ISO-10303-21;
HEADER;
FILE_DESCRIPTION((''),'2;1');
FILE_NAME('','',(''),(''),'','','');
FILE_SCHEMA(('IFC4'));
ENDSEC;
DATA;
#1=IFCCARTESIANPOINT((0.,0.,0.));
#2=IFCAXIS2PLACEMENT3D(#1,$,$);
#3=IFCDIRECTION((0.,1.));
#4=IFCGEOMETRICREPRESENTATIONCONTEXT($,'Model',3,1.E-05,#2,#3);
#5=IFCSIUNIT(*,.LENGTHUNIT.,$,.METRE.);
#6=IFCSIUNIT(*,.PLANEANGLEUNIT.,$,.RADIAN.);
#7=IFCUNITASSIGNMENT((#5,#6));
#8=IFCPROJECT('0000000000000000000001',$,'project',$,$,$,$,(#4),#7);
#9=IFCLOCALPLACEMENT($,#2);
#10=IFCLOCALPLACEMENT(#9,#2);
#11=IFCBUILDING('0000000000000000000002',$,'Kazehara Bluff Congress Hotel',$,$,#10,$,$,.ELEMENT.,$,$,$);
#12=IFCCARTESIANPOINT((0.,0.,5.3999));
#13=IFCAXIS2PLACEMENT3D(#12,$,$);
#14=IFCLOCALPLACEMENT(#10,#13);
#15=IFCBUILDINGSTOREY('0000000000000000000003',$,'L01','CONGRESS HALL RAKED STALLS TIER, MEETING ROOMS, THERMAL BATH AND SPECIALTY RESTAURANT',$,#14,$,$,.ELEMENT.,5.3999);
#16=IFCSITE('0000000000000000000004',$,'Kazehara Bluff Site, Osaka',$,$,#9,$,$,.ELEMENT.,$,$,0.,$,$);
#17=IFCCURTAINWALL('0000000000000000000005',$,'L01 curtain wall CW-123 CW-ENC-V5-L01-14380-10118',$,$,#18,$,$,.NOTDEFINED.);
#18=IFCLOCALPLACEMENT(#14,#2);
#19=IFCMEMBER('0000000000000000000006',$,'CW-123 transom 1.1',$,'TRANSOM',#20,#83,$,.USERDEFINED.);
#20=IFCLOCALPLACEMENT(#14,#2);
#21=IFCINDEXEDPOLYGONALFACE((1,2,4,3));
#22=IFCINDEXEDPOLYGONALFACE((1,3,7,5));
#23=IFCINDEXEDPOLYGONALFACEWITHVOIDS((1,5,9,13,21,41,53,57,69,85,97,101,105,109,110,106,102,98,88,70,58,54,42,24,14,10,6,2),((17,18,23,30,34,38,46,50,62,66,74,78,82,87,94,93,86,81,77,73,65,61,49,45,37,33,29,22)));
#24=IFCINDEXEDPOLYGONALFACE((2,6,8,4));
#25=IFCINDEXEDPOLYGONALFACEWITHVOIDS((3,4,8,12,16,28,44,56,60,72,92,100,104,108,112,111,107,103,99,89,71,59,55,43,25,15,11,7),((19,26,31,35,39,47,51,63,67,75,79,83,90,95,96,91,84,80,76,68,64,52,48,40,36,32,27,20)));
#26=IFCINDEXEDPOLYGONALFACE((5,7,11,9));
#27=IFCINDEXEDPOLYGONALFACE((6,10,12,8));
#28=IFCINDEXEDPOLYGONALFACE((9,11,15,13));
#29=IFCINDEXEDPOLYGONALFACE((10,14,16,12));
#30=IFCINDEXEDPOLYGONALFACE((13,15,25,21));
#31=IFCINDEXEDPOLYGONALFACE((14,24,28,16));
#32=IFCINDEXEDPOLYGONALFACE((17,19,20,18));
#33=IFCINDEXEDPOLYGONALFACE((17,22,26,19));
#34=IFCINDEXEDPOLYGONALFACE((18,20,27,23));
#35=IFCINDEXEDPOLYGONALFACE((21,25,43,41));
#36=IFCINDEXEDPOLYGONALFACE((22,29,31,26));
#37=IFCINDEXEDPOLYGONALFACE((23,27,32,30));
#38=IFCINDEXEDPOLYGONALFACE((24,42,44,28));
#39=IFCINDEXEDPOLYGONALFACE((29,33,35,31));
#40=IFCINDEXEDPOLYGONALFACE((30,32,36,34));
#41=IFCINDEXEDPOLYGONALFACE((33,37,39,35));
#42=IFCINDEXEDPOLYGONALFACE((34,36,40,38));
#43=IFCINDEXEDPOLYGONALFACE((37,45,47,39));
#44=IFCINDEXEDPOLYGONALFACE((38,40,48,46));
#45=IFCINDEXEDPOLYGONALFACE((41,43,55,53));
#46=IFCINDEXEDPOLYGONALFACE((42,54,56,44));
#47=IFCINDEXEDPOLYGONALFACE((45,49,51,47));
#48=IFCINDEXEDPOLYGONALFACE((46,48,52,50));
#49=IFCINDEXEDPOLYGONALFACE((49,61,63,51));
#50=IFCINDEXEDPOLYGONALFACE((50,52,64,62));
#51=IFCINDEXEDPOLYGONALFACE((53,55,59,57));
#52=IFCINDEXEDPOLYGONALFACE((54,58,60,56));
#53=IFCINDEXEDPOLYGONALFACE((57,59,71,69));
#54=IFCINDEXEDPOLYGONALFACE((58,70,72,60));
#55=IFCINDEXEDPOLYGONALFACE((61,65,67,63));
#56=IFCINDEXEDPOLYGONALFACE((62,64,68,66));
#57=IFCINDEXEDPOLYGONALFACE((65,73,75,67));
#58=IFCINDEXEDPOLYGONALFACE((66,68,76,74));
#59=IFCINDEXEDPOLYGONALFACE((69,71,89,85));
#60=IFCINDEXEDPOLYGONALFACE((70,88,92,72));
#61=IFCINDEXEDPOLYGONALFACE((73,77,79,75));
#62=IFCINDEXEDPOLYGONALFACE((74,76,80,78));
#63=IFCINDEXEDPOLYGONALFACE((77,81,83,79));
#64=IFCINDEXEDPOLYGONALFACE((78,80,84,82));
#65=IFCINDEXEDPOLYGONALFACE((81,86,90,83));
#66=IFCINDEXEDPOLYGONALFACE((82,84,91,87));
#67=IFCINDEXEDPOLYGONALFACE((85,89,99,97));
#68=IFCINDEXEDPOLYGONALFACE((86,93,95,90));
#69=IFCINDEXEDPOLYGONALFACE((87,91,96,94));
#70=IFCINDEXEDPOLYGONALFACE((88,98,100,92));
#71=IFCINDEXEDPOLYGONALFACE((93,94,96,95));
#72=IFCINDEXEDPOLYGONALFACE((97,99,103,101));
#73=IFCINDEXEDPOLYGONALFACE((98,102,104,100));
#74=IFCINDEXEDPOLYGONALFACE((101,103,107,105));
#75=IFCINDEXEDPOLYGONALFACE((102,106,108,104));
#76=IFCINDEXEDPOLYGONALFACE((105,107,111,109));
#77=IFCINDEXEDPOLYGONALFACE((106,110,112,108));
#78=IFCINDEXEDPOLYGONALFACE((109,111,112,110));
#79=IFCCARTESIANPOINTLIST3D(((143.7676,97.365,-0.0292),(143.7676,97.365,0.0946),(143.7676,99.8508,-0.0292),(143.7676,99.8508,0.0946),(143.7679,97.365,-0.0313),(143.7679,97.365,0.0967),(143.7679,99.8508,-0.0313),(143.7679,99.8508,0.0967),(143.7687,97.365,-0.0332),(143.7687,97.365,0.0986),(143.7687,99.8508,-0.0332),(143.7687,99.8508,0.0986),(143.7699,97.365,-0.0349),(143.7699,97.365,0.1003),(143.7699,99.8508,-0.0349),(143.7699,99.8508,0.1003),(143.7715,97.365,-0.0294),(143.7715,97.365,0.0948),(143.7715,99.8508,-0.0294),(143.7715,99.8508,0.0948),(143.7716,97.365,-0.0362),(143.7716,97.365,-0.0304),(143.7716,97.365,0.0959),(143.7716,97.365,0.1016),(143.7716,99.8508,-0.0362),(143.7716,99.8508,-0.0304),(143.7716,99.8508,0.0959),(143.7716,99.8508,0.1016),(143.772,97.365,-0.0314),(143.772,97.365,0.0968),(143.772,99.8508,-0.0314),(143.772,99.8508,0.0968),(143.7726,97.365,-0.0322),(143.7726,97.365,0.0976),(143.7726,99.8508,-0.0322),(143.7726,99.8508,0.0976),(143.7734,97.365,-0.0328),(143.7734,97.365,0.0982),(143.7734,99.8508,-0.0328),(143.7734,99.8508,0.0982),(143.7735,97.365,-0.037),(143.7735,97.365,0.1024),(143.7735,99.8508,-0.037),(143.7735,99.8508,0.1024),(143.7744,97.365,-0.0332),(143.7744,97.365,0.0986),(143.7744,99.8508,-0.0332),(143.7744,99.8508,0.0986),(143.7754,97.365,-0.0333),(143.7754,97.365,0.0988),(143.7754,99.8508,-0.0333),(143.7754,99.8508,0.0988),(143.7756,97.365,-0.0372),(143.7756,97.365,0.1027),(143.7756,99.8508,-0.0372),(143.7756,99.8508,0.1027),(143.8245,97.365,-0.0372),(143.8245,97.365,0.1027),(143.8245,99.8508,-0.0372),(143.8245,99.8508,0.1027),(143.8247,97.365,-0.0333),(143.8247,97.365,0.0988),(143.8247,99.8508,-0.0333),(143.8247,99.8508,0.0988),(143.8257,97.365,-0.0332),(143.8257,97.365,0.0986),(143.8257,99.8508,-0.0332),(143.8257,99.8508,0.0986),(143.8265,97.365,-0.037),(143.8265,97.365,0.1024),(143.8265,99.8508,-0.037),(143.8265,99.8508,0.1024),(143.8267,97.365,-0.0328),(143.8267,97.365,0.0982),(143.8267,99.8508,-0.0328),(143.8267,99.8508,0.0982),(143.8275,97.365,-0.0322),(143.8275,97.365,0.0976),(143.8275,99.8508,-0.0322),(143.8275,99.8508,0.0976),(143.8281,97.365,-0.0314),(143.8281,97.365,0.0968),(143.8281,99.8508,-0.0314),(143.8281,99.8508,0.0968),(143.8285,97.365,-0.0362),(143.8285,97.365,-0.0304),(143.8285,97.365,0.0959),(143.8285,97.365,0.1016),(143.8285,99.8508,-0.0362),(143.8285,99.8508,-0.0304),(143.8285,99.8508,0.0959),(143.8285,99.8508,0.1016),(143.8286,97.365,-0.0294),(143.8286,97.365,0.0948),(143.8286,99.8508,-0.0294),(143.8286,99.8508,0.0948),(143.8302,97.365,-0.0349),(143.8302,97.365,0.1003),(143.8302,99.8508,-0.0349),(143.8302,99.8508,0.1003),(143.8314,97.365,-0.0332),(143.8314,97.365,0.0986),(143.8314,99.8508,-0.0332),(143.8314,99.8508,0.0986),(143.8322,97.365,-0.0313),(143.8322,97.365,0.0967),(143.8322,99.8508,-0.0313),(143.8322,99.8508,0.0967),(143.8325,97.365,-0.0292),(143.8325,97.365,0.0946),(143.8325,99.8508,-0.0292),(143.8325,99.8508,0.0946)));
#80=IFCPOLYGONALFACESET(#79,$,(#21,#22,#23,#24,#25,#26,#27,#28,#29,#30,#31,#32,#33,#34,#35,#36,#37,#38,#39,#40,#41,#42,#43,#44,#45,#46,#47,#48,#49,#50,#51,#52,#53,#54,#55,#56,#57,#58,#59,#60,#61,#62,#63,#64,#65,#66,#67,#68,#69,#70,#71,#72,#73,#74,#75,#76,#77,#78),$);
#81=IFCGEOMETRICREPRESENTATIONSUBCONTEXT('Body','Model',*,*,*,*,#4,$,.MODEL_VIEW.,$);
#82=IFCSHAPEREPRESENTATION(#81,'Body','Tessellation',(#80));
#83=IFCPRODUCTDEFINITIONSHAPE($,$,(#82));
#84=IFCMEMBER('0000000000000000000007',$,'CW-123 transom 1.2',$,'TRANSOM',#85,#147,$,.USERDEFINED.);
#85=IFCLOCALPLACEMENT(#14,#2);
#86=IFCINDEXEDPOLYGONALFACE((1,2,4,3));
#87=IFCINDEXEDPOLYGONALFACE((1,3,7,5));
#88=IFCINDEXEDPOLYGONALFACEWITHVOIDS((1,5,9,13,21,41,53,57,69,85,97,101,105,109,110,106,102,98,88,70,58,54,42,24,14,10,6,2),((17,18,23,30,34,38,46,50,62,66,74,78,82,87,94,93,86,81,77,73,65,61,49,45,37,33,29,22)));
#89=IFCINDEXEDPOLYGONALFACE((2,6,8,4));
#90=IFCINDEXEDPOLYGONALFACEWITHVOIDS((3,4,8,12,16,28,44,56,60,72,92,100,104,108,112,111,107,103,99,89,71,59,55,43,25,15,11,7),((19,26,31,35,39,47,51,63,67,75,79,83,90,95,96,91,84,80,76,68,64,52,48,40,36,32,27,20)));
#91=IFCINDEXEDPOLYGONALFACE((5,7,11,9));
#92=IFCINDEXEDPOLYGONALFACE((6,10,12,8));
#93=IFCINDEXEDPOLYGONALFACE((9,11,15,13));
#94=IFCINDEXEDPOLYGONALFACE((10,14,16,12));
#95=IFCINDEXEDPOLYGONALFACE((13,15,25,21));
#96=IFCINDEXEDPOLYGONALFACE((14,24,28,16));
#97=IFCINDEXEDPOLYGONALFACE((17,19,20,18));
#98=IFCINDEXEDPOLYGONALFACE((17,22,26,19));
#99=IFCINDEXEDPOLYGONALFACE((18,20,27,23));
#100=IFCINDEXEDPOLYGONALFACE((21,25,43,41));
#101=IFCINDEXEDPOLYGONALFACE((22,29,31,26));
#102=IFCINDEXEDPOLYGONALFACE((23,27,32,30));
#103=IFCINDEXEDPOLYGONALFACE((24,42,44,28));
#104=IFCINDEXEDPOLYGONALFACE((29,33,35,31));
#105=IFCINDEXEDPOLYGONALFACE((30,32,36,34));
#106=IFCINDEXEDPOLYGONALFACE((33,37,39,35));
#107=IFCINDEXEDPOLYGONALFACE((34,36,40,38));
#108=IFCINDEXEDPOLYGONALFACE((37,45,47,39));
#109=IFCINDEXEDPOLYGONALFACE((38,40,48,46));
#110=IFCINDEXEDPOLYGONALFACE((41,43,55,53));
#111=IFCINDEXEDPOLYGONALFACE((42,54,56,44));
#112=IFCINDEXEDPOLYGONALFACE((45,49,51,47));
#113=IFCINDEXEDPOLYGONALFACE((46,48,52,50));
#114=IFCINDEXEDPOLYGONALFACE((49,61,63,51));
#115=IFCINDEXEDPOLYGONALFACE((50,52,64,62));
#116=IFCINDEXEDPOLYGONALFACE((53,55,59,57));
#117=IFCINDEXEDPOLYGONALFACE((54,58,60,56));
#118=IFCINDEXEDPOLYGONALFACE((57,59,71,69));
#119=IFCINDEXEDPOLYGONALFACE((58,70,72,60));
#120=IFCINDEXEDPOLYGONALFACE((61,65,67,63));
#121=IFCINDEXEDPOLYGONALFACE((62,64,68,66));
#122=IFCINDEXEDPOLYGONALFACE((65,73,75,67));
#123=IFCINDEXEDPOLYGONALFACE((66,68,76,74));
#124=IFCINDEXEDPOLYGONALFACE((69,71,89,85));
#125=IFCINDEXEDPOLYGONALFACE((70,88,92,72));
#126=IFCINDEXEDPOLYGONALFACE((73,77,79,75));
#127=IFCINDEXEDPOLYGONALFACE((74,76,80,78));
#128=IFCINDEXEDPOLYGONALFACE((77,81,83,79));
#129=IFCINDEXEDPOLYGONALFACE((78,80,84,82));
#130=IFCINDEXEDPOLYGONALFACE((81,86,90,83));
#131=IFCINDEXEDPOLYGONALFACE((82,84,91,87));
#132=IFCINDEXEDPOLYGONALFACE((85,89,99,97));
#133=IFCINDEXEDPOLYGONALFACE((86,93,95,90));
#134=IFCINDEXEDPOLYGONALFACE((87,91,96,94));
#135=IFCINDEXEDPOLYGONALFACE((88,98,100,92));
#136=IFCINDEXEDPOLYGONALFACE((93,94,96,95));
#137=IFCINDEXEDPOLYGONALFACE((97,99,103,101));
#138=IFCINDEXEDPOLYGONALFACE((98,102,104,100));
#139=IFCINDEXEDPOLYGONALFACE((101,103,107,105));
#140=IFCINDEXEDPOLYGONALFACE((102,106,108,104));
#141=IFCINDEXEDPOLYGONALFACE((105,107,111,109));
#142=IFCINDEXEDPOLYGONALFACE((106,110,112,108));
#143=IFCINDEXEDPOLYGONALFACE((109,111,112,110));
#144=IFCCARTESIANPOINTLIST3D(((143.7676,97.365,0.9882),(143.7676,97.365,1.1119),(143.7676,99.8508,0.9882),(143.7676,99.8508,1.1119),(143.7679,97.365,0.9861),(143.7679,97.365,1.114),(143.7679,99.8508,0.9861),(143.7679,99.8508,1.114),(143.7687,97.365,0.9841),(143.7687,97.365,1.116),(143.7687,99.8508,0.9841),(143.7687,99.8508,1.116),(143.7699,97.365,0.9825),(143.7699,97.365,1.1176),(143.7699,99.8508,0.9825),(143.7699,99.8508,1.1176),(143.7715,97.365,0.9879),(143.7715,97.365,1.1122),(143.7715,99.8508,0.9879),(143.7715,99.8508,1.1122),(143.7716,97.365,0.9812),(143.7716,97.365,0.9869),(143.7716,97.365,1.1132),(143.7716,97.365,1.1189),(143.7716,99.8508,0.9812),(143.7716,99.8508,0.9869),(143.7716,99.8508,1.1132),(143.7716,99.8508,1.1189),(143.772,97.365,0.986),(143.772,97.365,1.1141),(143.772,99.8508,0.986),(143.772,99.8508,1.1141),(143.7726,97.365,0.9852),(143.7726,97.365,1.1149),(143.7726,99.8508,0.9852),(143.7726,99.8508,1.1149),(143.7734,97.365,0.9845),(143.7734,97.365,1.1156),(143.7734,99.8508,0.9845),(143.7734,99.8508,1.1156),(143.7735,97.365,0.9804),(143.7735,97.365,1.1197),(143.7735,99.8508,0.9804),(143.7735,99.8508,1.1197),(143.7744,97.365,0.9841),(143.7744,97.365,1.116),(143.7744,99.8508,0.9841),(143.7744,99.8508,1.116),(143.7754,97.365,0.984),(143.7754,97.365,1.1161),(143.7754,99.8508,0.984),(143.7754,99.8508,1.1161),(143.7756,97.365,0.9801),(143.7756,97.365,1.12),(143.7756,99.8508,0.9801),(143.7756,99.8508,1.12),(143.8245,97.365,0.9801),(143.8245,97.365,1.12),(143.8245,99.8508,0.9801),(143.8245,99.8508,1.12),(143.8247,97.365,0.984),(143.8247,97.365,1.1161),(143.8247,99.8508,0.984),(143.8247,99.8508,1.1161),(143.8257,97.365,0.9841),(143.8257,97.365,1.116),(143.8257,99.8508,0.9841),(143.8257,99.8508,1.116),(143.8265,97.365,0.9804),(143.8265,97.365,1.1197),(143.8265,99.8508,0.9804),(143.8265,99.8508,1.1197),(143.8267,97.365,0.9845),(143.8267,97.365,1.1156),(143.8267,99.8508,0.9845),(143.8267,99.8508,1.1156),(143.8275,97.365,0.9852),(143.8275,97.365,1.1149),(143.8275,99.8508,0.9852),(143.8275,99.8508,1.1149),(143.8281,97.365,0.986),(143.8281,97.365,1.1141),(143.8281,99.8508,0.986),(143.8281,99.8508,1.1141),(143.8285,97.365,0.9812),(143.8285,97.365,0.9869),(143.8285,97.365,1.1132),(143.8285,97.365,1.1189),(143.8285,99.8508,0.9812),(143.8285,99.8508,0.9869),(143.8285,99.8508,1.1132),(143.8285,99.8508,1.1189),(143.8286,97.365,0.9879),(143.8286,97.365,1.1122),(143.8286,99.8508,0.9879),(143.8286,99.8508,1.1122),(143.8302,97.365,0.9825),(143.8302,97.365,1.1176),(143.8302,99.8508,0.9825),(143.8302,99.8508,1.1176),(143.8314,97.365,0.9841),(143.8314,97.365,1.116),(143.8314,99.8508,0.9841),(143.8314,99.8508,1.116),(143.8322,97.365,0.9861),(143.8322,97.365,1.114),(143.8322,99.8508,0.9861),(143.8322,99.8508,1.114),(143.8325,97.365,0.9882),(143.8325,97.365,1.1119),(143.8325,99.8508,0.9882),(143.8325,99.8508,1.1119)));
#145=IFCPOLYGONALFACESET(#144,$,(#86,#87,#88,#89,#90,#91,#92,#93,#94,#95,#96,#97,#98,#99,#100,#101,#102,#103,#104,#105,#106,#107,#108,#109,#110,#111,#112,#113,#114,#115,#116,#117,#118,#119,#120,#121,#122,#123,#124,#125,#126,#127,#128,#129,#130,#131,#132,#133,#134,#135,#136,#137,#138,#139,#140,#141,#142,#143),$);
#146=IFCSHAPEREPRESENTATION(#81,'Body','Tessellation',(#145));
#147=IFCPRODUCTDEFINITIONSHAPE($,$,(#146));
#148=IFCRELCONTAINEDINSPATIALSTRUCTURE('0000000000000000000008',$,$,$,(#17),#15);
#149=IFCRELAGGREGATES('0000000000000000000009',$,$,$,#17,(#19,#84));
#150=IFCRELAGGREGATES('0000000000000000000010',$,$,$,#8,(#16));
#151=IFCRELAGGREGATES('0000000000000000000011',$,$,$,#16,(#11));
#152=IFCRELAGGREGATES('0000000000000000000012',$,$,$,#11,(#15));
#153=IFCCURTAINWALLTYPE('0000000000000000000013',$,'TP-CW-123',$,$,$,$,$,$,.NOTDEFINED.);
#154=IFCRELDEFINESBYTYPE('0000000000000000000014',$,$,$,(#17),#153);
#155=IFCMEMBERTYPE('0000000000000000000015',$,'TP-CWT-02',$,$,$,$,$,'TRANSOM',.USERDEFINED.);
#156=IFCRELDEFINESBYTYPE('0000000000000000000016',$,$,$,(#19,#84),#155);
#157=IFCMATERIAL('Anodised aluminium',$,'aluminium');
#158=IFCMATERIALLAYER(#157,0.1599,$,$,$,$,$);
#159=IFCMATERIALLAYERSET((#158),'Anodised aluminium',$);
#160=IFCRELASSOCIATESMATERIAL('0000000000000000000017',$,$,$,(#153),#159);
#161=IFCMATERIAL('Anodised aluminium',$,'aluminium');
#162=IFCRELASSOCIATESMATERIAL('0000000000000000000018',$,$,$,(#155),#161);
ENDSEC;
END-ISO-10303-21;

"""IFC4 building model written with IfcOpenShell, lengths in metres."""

from ifc_helpers import new_model, si_unit, direction, frame, origin, origin_2d, place, context, subcontext, project, spatial, hollow_rectangle, extrude, material, layer, layer_set, material_profile, profile_set, type_object, element, aggregate, save


model = new_model("IFC4")

# Units and contexts
model_context = context("Model", 3, precision=1e-05, world=origin(), true_north=direction((0.0, 1.0)))
body_context = subcontext(model_context, "Body", "Model", "MODEL_VIEW")
ifc_project = project(units=[si_unit("LENGTHUNIT", "METRE"), si_unit("PLANEANGLEUNIT", "RADIAN")], contexts=[model_context])

# Site, building, storey
site_placement = place(None, origin())
site = spatial("IfcSite", under=ifc_project, at=site_placement, Name="Kazehara Bluff Site, Osaka", CompositionType="ELEMENT", RefElevation=0.0)
building_placement = place(site_placement, origin())
building = spatial("IfcBuilding", under=site, at=building_placement, Name="Kazehara Bluff Congress Hotel", CompositionType="ELEMENT")
storey_placement = place(building_placement, frame((0.0, 0.0, 5.3999)))
storey = spatial("IfcBuildingStorey", under=building, at=storey_placement, Name="L01", Description="CONGRESS HALL RAKED STALLS TIER, MEETING ROOMS, THERMAL BATH AND SPECIALTY RESTAURANT", CompositionType="ELEMENT", Elevation=5.3999)

# Curtain wall
ifc_material_1 = material(Name="Anodised aluminium", Category="aluminium")
ifc_layer_1 = layer(ifc_material_1, 0.1599)
ifc_layer_set_1 = layer_set([ifc_layer_1], Name="Anodised aluminium")
curtain_wall_type_1 = type_object("IfcCurtainWallType", Name="TP-CW-123", PredefinedType="NOTDEFINED", material=ifc_layer_set_1)
curtain_wall_1_placement = place(storey_placement, origin())
curtain_wall_1 = element("IfcCurtainWall", 1, at=curtain_wall_1_placement, inside=storey, type_object=curtain_wall_type_1, Name="L01 curtain wall CW-123 CW-ENC-V5-L01-14380-10118", PredefinedType="NOTDEFINED")

# Members
ifc_material_2 = material(Name="Anodised aluminium", Category="aluminium")
ifc_material_profile_1 = material_profile(ifc_material_2, hollow_rectangle(XDim=0.0649, YDim=0.1399, WallThickness=0.0039, InnerFilletRadius=0.0039, OuterFilletRadius=0.0081, at=origin_2d()))
ifc_profile_set_1 = profile_set([ifc_material_profile_1], Name="Anodised aluminium")
member_type_1 = type_object("IfcMemberType", Name="TP-CWT-02", ElementType="TRANSOM", PredefinedType="USERDEFINED", material=ifc_profile_set_1)
member_1_placement = place(storey_placement, frame((143.8, 97.365, 0.0327), z_axis=(0.0, 1.0, 0.0), x_axis=(-1.0, 0.0, 0.0)))
member_1 = element("IfcMember", 2, at=member_1_placement, type_object=member_type_1, Name="CW-123 transom 1.1", ObjectType="TRANSOM", PredefinedType="USERDEFINED", context=body_context, shape_type="SweptSolid", body=[
    extrude(hollow_rectangle(XDim=0.0649, YDim=0.1399, WallThickness=0.0039, InnerFilletRadius=0.0039, OuterFilletRadius=0.0081, at=origin_2d()), origin(), (0.0, 0.0, 1.0), 2.4858),
])
member_2_placement = place(storey_placement, frame((143.8, 97.365, 1.05), z_axis=(0.0, 1.0, 0.0), x_axis=(-1.0, 0.0, 0.0)))
member_2 = element("IfcMember", 3, at=member_2_placement, type_object=member_type_1, Name="CW-123 transom 1.2", ObjectType="TRANSOM", PredefinedType="USERDEFINED", context=body_context, shape_type="SweptSolid", body=[
    extrude(hollow_rectangle(XDim=0.0649, YDim=0.1399, WallThickness=0.0039, InnerFilletRadius=0.0039, OuterFilletRadius=0.0081, at=origin_2d()), origin(), (0.0, 0.0, 1.0), 2.4858),
])

aggregate(curtain_wall_1, [member_1, member_2])

save(model, "model.ifc")
